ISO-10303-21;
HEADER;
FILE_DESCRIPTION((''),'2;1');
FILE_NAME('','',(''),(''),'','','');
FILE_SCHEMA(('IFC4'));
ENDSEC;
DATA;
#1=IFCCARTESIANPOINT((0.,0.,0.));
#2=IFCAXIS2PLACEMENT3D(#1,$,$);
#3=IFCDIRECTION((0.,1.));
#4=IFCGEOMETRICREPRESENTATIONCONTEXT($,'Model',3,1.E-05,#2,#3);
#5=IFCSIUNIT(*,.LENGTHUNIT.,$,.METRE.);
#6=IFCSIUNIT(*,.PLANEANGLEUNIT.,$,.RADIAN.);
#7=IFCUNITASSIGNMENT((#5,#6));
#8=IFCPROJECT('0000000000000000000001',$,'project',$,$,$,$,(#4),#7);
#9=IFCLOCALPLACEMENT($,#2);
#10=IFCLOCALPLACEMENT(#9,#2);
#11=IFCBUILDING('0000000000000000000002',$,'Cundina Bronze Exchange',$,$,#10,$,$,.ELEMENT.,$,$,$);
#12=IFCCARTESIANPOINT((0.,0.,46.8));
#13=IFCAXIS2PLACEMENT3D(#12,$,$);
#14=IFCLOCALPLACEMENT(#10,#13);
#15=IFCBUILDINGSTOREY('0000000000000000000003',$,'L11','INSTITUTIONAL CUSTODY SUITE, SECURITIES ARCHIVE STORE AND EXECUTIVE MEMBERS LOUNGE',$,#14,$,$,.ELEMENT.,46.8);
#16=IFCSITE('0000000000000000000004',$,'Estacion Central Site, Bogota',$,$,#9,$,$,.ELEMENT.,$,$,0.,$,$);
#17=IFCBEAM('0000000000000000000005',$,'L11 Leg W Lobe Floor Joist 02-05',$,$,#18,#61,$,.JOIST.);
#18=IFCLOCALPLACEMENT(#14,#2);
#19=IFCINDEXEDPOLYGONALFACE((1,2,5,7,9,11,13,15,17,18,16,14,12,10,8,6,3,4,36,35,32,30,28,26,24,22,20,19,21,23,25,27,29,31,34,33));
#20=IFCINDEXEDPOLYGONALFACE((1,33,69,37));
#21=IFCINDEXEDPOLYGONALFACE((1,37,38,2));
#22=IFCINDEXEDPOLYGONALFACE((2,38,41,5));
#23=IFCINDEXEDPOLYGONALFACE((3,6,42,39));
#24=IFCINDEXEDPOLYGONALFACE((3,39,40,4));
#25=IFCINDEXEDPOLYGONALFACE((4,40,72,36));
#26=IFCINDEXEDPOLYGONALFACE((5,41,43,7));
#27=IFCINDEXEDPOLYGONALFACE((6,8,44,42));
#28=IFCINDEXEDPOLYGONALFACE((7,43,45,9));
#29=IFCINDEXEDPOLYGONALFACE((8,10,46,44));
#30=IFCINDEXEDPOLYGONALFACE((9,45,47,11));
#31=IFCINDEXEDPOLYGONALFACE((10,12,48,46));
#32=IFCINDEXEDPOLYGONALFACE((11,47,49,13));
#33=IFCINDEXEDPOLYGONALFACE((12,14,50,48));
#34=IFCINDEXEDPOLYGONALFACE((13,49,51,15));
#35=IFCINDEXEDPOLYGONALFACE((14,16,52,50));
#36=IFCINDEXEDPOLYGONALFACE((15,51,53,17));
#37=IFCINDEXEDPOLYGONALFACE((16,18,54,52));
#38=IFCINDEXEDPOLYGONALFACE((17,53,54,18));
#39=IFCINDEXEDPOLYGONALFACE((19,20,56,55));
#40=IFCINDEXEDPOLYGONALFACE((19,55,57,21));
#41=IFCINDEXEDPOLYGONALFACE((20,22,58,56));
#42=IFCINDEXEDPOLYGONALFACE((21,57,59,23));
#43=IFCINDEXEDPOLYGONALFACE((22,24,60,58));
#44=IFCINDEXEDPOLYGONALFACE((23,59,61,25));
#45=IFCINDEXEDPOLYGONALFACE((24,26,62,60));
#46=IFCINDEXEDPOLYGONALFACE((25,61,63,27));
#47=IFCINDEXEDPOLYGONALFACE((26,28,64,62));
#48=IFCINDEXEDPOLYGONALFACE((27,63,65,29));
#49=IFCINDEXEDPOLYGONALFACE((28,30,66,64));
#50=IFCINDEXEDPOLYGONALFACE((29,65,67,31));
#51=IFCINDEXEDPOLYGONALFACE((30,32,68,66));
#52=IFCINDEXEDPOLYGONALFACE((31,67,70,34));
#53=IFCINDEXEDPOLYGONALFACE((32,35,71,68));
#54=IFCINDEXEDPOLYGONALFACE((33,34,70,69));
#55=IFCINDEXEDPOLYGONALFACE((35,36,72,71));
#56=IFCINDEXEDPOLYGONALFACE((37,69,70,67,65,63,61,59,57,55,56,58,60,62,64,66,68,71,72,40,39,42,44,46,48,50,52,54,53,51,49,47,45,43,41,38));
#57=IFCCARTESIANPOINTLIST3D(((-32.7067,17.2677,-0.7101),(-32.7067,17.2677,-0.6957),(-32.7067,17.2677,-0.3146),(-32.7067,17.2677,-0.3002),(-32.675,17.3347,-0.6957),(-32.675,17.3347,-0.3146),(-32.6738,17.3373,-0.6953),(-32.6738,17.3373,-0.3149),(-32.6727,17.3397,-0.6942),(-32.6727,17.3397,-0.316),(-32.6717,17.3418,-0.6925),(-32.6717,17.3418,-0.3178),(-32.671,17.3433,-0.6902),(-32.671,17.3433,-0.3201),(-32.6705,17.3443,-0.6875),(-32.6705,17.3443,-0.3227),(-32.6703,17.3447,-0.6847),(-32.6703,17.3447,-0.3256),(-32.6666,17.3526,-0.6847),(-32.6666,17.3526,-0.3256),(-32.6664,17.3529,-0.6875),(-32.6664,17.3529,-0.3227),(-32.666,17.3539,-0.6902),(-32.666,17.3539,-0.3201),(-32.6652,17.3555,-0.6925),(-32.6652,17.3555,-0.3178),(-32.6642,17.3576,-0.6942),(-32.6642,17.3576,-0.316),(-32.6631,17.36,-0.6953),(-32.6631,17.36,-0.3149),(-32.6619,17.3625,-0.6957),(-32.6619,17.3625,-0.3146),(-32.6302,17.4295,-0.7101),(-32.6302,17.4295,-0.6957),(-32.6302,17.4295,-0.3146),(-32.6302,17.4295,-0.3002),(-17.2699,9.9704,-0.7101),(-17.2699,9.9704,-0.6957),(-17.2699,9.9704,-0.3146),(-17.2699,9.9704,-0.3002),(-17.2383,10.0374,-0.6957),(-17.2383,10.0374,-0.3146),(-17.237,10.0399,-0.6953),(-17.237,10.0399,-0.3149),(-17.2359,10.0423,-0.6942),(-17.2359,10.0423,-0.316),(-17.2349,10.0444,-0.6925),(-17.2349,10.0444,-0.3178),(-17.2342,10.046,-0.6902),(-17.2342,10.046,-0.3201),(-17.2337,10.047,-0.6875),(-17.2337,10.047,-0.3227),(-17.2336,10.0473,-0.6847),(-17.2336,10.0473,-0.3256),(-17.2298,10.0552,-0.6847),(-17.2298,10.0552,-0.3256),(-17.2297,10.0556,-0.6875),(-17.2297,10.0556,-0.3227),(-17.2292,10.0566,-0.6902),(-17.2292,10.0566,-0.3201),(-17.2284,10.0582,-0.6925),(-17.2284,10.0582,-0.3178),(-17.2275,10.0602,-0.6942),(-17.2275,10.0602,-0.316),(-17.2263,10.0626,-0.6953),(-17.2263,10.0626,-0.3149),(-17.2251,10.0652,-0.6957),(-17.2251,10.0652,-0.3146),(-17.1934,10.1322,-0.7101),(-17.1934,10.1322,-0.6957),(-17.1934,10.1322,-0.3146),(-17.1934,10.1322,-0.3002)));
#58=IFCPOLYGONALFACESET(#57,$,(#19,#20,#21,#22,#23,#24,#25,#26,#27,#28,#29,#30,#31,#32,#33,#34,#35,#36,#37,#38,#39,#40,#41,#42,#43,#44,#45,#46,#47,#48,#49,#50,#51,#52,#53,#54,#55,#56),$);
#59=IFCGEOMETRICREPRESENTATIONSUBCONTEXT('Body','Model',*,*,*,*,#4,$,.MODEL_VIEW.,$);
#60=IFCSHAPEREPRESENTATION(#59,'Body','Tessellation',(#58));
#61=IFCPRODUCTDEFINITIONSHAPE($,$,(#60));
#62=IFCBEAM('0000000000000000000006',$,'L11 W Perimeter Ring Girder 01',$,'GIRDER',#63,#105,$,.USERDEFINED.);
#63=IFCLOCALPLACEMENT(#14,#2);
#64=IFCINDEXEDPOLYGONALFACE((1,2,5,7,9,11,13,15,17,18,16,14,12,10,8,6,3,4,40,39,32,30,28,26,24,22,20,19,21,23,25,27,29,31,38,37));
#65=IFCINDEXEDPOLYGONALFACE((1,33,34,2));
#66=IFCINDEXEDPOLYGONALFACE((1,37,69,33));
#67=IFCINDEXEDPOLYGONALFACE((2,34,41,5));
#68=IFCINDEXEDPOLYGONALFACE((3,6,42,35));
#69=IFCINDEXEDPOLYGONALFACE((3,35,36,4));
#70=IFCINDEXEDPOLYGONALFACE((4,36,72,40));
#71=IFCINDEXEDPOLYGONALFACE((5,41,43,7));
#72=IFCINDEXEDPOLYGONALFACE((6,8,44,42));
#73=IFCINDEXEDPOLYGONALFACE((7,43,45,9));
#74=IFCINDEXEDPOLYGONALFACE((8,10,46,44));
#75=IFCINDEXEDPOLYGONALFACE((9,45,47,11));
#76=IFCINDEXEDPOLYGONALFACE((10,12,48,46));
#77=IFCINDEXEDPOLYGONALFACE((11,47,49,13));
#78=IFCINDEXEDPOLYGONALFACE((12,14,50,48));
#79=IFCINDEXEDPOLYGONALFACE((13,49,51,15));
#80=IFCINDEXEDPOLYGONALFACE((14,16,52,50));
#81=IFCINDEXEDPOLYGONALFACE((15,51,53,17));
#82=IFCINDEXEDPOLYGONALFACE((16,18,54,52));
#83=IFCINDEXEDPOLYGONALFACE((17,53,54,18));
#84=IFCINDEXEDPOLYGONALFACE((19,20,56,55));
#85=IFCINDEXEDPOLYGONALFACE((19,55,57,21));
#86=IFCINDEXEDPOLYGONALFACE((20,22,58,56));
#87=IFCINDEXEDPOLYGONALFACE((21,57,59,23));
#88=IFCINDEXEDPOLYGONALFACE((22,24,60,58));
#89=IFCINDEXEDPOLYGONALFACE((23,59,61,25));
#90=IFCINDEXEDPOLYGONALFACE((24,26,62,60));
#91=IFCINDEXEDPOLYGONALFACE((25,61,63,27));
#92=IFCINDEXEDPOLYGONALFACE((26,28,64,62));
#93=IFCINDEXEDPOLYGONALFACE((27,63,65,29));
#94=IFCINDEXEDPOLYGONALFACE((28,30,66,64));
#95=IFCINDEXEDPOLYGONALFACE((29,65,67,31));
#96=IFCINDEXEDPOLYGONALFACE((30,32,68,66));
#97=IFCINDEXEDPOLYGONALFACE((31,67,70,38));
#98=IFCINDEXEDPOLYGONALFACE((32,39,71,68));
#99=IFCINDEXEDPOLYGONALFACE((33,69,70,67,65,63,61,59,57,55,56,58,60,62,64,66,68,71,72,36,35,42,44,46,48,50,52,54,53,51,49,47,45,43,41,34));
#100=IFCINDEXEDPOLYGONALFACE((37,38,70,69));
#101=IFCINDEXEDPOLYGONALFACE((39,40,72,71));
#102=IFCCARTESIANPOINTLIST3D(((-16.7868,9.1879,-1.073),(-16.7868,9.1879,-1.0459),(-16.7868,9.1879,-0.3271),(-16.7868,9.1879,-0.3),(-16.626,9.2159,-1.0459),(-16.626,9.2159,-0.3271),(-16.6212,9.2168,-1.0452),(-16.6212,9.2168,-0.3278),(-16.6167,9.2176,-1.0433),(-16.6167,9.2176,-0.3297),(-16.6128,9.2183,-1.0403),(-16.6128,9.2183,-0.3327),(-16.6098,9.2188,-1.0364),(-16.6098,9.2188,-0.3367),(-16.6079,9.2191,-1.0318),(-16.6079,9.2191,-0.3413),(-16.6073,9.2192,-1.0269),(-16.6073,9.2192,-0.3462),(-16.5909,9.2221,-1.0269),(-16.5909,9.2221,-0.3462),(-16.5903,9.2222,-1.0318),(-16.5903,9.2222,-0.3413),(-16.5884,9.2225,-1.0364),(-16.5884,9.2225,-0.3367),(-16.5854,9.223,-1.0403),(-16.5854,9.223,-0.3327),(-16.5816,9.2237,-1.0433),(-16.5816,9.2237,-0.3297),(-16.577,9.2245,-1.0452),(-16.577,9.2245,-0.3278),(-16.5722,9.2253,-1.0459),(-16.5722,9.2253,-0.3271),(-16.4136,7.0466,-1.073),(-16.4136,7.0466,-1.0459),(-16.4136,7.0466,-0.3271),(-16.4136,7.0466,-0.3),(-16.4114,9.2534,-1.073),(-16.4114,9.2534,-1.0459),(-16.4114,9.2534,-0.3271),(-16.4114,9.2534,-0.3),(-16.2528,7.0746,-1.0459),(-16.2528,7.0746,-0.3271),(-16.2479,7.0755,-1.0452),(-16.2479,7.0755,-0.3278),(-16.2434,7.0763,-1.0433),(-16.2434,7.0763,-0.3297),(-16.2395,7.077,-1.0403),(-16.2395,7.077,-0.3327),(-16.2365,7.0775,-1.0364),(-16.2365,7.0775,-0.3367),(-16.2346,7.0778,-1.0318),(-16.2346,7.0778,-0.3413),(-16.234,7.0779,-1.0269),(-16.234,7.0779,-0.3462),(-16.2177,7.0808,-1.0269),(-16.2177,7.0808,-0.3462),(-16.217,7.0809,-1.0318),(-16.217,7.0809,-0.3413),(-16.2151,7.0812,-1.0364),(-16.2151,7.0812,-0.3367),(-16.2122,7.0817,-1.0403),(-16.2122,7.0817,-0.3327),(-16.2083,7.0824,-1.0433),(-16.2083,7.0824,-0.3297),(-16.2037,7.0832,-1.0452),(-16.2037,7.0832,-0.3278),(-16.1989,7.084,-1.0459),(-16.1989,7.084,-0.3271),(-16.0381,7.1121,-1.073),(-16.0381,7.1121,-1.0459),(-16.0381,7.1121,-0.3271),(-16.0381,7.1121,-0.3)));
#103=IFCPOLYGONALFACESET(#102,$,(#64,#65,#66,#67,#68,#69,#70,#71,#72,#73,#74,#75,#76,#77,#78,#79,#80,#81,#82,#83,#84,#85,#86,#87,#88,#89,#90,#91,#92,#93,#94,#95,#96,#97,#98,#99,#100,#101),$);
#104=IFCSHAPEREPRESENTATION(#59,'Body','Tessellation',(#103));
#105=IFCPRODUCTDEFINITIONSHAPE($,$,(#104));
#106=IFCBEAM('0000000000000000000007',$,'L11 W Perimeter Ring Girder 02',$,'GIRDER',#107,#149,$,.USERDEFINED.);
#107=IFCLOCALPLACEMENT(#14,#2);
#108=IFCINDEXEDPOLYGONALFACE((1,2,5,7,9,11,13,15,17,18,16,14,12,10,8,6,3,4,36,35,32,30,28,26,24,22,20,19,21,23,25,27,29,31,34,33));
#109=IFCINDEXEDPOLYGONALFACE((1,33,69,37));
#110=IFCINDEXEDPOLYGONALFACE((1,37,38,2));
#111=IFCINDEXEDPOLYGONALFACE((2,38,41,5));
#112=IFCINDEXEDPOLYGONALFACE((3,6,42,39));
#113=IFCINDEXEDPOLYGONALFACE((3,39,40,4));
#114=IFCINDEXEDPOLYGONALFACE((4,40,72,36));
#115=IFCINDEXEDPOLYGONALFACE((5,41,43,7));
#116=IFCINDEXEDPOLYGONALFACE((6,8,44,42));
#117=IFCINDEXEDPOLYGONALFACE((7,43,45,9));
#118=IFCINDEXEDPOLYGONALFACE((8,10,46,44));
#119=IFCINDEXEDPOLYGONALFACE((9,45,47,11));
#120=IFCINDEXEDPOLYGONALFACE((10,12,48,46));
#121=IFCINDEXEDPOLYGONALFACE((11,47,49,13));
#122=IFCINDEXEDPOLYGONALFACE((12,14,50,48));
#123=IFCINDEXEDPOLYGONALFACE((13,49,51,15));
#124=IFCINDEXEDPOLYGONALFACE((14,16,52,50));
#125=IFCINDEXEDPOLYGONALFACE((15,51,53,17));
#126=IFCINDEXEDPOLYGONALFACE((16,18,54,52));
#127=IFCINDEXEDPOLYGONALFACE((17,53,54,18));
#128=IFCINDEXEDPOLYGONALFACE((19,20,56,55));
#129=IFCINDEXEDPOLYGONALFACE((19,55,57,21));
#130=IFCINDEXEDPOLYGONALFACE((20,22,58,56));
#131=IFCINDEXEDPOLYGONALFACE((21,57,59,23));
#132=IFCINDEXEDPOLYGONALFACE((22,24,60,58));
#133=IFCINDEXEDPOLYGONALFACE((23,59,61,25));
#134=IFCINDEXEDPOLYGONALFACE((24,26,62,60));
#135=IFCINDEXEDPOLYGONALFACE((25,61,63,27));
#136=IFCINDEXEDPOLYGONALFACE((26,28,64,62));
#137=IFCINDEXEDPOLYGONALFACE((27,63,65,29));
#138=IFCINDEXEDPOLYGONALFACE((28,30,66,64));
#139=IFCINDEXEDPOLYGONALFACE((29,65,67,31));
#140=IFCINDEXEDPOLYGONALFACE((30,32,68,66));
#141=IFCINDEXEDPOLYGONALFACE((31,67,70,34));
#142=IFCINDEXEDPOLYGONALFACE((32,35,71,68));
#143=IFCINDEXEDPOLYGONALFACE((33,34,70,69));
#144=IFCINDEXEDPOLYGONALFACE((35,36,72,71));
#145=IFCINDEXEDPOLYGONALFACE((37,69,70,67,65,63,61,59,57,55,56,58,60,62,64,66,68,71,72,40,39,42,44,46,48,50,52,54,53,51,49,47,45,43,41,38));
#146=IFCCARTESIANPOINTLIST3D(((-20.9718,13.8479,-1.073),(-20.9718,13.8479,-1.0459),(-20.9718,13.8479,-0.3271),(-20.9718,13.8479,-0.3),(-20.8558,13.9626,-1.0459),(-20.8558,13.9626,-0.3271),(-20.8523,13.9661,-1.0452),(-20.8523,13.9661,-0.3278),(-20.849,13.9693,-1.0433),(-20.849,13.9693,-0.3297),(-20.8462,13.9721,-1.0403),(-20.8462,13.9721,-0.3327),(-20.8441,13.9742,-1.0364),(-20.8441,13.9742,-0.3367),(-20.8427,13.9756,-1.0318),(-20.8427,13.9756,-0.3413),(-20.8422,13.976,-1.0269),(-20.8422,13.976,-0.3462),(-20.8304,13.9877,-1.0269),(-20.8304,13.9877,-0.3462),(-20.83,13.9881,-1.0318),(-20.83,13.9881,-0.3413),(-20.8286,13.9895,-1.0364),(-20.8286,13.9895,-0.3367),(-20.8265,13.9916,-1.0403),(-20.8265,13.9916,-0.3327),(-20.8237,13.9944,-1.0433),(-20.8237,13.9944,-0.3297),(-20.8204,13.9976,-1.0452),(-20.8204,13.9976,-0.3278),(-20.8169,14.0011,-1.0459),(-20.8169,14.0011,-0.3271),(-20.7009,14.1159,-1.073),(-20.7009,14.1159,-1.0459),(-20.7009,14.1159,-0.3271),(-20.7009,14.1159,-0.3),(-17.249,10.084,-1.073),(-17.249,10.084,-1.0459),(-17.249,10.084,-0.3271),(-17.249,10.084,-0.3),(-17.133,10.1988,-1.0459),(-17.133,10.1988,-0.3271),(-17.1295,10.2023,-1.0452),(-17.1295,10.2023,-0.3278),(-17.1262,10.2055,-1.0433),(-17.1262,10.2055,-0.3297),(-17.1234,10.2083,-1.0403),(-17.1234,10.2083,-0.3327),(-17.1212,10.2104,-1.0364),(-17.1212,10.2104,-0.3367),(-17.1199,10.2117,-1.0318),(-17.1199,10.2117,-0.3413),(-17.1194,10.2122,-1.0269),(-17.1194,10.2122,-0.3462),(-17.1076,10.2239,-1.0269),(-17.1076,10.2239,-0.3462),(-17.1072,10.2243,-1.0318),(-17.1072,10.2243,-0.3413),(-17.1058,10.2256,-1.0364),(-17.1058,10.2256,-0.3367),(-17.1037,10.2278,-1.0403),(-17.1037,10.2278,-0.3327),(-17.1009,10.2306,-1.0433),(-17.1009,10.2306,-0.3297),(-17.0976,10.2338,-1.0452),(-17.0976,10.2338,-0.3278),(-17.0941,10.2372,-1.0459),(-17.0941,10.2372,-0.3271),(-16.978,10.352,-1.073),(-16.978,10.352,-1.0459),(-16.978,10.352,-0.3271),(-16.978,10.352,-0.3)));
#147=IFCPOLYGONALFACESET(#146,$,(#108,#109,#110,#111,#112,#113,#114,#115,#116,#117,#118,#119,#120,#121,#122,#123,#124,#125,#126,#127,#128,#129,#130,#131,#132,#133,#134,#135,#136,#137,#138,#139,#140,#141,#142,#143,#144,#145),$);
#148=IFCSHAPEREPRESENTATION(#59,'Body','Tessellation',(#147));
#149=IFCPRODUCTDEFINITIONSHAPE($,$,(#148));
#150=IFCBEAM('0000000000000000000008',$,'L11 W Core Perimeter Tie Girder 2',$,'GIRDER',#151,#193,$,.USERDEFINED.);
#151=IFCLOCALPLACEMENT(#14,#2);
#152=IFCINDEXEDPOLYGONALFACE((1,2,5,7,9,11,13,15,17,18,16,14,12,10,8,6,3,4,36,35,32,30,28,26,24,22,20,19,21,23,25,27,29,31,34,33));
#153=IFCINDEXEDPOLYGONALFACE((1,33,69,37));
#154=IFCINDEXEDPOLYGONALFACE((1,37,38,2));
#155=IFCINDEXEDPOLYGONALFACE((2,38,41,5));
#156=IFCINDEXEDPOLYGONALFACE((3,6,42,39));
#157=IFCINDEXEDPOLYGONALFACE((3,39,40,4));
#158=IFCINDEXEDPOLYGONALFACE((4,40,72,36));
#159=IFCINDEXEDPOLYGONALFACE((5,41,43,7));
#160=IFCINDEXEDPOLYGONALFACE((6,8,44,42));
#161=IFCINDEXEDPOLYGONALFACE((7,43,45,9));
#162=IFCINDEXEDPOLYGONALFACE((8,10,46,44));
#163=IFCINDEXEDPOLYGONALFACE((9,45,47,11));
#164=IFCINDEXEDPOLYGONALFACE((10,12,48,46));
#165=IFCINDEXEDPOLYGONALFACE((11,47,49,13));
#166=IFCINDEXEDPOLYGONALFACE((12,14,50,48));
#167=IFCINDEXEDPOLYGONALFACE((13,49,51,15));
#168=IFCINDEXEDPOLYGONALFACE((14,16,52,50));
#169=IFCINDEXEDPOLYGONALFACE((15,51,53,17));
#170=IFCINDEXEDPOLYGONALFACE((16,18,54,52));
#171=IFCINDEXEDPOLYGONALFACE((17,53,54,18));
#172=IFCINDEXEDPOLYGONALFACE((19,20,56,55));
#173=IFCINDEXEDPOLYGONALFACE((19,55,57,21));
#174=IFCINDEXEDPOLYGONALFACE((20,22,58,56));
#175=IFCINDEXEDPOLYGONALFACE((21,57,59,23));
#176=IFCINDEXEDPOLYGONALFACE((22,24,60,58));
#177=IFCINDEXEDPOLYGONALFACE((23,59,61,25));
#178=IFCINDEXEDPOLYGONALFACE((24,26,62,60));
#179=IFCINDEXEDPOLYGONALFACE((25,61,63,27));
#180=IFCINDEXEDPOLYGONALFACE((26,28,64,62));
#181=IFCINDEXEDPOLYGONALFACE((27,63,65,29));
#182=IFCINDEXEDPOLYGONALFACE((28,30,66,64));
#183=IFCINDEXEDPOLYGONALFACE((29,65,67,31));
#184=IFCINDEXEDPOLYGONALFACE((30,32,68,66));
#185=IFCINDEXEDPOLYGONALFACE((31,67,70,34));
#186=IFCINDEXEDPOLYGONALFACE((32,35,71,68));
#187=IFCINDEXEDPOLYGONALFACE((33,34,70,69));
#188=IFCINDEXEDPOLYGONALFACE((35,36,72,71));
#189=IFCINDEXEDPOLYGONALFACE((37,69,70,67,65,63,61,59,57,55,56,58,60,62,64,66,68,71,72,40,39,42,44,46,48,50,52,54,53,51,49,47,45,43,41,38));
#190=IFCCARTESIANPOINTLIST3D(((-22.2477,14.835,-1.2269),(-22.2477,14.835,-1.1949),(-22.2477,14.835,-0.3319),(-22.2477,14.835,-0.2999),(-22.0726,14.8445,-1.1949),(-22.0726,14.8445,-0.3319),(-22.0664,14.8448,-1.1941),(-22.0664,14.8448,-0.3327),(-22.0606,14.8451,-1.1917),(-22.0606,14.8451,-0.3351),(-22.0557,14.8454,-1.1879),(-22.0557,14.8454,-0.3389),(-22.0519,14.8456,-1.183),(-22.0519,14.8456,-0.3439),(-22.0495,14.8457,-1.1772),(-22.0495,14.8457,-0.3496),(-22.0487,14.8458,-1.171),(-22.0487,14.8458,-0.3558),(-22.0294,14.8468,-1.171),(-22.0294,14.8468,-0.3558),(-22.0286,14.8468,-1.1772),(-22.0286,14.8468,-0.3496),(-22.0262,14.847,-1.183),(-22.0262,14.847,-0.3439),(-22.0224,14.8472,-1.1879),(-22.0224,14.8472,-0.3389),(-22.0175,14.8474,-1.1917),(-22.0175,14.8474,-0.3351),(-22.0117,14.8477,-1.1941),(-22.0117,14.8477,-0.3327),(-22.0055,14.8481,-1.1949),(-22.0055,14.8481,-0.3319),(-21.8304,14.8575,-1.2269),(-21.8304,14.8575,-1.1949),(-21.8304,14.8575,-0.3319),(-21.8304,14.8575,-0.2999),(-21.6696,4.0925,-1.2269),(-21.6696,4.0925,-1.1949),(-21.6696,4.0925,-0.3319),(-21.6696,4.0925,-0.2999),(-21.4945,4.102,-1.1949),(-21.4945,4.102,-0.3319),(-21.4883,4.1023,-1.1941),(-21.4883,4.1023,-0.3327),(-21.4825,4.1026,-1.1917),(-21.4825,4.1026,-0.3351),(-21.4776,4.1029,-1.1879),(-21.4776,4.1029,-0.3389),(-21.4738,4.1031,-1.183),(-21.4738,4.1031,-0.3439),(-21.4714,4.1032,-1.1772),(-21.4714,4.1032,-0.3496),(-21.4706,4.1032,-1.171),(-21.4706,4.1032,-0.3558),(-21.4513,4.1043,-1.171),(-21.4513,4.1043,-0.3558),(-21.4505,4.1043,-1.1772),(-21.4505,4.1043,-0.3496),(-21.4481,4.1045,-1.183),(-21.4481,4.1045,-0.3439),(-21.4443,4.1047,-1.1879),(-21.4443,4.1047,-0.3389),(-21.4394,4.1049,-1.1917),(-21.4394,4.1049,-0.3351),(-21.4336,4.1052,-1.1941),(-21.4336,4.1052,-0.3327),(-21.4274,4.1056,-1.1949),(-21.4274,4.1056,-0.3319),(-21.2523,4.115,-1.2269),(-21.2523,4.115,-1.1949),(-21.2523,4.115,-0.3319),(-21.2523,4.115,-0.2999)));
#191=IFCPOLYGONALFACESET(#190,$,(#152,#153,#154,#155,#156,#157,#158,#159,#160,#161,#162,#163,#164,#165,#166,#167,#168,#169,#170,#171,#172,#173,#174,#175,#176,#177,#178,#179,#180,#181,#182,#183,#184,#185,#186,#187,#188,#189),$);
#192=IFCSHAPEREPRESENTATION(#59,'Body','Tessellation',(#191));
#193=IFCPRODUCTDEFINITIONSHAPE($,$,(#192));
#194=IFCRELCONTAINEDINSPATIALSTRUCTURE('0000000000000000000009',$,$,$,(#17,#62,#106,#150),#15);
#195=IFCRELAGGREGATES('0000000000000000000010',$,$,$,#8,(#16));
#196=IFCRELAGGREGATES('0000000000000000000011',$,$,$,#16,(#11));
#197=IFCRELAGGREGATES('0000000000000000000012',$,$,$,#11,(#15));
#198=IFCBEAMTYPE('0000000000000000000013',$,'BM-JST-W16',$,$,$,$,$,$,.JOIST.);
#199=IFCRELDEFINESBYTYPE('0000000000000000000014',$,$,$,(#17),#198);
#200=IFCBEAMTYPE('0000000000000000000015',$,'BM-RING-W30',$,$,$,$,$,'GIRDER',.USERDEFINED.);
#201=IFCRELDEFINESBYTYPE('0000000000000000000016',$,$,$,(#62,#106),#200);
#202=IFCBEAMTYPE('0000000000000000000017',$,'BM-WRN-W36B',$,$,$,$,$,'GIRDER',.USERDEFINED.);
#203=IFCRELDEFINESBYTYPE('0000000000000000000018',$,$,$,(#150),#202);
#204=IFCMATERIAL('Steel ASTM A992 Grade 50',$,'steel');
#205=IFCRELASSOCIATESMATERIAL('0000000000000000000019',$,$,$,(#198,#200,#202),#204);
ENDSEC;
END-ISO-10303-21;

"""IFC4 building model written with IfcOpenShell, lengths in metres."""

from ifc_helpers import new_model, si_unit, direction, frame, origin, origin_2d, place, context, subcontext, project, spatial, i_section, extrude, material, material_profile, profile_set, type_object, element, save


model = new_model("IFC4")

# Units and contexts
model_context = context("Model", 3, precision=1e-05, world=origin(), true_north=direction((0.0, 1.0)))
body_context = subcontext(model_context, "Body", "Model", "MODEL_VIEW")
ifc_project = project(units=[si_unit("LENGTHUNIT", "METRE"), si_unit("PLANEANGLEUNIT", "RADIAN")], contexts=[model_context])

# Site, building, storey
site_placement = place(None, origin())
site = spatial("IfcSite", under=ifc_project, at=site_placement, Name="Estacion Central Site, Bogota", CompositionType="ELEMENT", RefElevation=0.0)
building_placement = place(site_placement, origin())
building = spatial("IfcBuilding", under=site, at=building_placement, Name="Cundina Bronze Exchange", CompositionType="ELEMENT")
storey_placement = place(building_placement, frame((0.0, 0.0, 46.8)))
storey = spatial("IfcBuildingStorey", under=building, at=storey_placement, Name="L11", Description="INSTITUTIONAL CUSTODY SUITE, SECURITIES ARCHIVE STORE AND EXECUTIVE MEMBERS LOUNGE", CompositionType="ELEMENT", Elevation=46.8)

# Beams
ifc_material_1 = material(Name="Steel ASTM A992 Grade 50", Category="steel")
ifc_material_profile_1 = material_profile(ifc_material_1, i_section(OverallWidth=0.179, OverallDepth=0.4099, WebThickness=0.0088, FlangeThickness=0.0144, FilletRadius=0.011, at=origin_2d()), Name="W16X45", Category="steel")
ifc_profile_set_1 = profile_set([ifc_material_profile_1], Name="Steel ASTM A992 Grade 50")
beam_type_1 = type_object("IfcBeamType", Name="BM-JST-W16", PredefinedType="JOIST", material=ifc_profile_set_1)
beam_1_placement = place(storey_placement, frame((-17.2317, 10.0513, -0.5051), z_axis=(-0.904073, 0.427379, 0.0), x_axis=(-0.427379, -0.904073, 0.0)))
element("IfcBeam", 1, at=beam_1_placement, inside=storey, type_object=beam_type_1, Name="L11 Leg W Lobe Floor Joist 02-05", PredefinedType="JOIST", context=body_context, shape_type="SweptSolid", body=[
    extrude(i_section(OverallWidth=0.179, OverallDepth=0.4099, WebThickness=0.0088, FlangeThickness=0.0144, FilletRadius=0.011, at=origin_2d()), origin(), (0.0, 0.0, 1.0), 17.0747),
])
ifc_material_profile_2 = material_profile(ifc_material_1, i_section(OverallWidth=0.3811, OverallDepth=0.7729, WebThickness=0.0166, FlangeThickness=0.0271, FilletRadius=0.019, at=origin_2d()), Name="W30X173", Category="steel")
ifc_profile_set_2 = profile_set([ifc_material_profile_2], Name="Steel ASTM A992 Grade 50")
beam_type_2 = type_object("IfcBeamType", Name="BM-RING-W30", ElementType="GIRDER", PredefinedType="USERDEFINED", material=ifc_profile_set_2)
beam_2_placement = place(storey_placement, frame((-16.2258, 7.0793, -0.6865), z_axis=(-0.171735, 0.985143, 0.0), x_axis=(-0.985143, -0.171735, 0.0)))
element("IfcBeam", 2, at=beam_2_placement, inside=storey, type_object=beam_type_2, Name="L11 W Perimeter Ring Girder 01", ObjectType="GIRDER", PredefinedType="USERDEFINED", context=body_context, shape_type="SweptSolid", body=[
    extrude(i_section(OverallWidth=0.3811, OverallDepth=0.7729, WebThickness=0.0166, FlangeThickness=0.0271, FilletRadius=0.019, at=origin_2d()), origin(), (0.0, 0.0, 1.0), 2.1736),
])
beam_3_placement = place(storey_placement, frame((-17.1135, 10.218, -0.6865), z_axis=(-0.703222, 0.71097, 0.0), x_axis=(-0.71097, -0.703222, 0.0)))
element("IfcBeam", 3, at=beam_3_placement, inside=storey, type_object=beam_type_2, Name="L11 W Perimeter Ring Girder 02", ObjectType="GIRDER", PredefinedType="USERDEFINED", context=body_context, shape_type="SweptSolid", body=[
    extrude(i_section(OverallWidth=0.3811, OverallDepth=0.7729, WebThickness=0.0166, FlangeThickness=0.0271, FilletRadius=0.019, at=origin_2d()), origin(), (0.0, 0.0, 1.0), 5.2939),
])
ifc_material_profile_3 = material_profile(ifc_material_1, i_section(OverallWidth=0.418, OverallDepth=0.927, WebThickness=0.0193, FlangeThickness=0.032, FilletRadius=0.0239, at=origin_2d()), Name="W36X231", Category="steel")
ifc_profile_set_3 = profile_set([ifc_material_profile_3], Name="Steel ASTM A992 Grade 50")
beam_type_3 = type_object("IfcBeamType", Name="BM-WRN-W36B", ElementType="GIRDER", PredefinedType="USERDEFINED", material=ifc_profile_set_3)
beam_4_placement = place(storey_placement, frame((-21.4609, 4.1038, -0.7634), z_axis=(-0.053739, 0.998555, 0.0), x_axis=(-0.998555, -0.053739, 0.0)))
element("IfcBeam", 4, at=beam_4_placement, inside=storey, type_object=beam_type_3, Name="L11 W Core Perimeter Tie Girder 2", ObjectType="GIRDER", PredefinedType="USERDEFINED", context=body_context, shape_type="SweptSolid", body=[
    extrude(i_section(OverallWidth=0.418, OverallDepth=0.927, WebThickness=0.0193, FlangeThickness=0.032, FilletRadius=0.0239, at=origin_2d()), origin(), (0.0, 0.0, 1.0), 10.7581),
])

save(model, "model.ifc")
